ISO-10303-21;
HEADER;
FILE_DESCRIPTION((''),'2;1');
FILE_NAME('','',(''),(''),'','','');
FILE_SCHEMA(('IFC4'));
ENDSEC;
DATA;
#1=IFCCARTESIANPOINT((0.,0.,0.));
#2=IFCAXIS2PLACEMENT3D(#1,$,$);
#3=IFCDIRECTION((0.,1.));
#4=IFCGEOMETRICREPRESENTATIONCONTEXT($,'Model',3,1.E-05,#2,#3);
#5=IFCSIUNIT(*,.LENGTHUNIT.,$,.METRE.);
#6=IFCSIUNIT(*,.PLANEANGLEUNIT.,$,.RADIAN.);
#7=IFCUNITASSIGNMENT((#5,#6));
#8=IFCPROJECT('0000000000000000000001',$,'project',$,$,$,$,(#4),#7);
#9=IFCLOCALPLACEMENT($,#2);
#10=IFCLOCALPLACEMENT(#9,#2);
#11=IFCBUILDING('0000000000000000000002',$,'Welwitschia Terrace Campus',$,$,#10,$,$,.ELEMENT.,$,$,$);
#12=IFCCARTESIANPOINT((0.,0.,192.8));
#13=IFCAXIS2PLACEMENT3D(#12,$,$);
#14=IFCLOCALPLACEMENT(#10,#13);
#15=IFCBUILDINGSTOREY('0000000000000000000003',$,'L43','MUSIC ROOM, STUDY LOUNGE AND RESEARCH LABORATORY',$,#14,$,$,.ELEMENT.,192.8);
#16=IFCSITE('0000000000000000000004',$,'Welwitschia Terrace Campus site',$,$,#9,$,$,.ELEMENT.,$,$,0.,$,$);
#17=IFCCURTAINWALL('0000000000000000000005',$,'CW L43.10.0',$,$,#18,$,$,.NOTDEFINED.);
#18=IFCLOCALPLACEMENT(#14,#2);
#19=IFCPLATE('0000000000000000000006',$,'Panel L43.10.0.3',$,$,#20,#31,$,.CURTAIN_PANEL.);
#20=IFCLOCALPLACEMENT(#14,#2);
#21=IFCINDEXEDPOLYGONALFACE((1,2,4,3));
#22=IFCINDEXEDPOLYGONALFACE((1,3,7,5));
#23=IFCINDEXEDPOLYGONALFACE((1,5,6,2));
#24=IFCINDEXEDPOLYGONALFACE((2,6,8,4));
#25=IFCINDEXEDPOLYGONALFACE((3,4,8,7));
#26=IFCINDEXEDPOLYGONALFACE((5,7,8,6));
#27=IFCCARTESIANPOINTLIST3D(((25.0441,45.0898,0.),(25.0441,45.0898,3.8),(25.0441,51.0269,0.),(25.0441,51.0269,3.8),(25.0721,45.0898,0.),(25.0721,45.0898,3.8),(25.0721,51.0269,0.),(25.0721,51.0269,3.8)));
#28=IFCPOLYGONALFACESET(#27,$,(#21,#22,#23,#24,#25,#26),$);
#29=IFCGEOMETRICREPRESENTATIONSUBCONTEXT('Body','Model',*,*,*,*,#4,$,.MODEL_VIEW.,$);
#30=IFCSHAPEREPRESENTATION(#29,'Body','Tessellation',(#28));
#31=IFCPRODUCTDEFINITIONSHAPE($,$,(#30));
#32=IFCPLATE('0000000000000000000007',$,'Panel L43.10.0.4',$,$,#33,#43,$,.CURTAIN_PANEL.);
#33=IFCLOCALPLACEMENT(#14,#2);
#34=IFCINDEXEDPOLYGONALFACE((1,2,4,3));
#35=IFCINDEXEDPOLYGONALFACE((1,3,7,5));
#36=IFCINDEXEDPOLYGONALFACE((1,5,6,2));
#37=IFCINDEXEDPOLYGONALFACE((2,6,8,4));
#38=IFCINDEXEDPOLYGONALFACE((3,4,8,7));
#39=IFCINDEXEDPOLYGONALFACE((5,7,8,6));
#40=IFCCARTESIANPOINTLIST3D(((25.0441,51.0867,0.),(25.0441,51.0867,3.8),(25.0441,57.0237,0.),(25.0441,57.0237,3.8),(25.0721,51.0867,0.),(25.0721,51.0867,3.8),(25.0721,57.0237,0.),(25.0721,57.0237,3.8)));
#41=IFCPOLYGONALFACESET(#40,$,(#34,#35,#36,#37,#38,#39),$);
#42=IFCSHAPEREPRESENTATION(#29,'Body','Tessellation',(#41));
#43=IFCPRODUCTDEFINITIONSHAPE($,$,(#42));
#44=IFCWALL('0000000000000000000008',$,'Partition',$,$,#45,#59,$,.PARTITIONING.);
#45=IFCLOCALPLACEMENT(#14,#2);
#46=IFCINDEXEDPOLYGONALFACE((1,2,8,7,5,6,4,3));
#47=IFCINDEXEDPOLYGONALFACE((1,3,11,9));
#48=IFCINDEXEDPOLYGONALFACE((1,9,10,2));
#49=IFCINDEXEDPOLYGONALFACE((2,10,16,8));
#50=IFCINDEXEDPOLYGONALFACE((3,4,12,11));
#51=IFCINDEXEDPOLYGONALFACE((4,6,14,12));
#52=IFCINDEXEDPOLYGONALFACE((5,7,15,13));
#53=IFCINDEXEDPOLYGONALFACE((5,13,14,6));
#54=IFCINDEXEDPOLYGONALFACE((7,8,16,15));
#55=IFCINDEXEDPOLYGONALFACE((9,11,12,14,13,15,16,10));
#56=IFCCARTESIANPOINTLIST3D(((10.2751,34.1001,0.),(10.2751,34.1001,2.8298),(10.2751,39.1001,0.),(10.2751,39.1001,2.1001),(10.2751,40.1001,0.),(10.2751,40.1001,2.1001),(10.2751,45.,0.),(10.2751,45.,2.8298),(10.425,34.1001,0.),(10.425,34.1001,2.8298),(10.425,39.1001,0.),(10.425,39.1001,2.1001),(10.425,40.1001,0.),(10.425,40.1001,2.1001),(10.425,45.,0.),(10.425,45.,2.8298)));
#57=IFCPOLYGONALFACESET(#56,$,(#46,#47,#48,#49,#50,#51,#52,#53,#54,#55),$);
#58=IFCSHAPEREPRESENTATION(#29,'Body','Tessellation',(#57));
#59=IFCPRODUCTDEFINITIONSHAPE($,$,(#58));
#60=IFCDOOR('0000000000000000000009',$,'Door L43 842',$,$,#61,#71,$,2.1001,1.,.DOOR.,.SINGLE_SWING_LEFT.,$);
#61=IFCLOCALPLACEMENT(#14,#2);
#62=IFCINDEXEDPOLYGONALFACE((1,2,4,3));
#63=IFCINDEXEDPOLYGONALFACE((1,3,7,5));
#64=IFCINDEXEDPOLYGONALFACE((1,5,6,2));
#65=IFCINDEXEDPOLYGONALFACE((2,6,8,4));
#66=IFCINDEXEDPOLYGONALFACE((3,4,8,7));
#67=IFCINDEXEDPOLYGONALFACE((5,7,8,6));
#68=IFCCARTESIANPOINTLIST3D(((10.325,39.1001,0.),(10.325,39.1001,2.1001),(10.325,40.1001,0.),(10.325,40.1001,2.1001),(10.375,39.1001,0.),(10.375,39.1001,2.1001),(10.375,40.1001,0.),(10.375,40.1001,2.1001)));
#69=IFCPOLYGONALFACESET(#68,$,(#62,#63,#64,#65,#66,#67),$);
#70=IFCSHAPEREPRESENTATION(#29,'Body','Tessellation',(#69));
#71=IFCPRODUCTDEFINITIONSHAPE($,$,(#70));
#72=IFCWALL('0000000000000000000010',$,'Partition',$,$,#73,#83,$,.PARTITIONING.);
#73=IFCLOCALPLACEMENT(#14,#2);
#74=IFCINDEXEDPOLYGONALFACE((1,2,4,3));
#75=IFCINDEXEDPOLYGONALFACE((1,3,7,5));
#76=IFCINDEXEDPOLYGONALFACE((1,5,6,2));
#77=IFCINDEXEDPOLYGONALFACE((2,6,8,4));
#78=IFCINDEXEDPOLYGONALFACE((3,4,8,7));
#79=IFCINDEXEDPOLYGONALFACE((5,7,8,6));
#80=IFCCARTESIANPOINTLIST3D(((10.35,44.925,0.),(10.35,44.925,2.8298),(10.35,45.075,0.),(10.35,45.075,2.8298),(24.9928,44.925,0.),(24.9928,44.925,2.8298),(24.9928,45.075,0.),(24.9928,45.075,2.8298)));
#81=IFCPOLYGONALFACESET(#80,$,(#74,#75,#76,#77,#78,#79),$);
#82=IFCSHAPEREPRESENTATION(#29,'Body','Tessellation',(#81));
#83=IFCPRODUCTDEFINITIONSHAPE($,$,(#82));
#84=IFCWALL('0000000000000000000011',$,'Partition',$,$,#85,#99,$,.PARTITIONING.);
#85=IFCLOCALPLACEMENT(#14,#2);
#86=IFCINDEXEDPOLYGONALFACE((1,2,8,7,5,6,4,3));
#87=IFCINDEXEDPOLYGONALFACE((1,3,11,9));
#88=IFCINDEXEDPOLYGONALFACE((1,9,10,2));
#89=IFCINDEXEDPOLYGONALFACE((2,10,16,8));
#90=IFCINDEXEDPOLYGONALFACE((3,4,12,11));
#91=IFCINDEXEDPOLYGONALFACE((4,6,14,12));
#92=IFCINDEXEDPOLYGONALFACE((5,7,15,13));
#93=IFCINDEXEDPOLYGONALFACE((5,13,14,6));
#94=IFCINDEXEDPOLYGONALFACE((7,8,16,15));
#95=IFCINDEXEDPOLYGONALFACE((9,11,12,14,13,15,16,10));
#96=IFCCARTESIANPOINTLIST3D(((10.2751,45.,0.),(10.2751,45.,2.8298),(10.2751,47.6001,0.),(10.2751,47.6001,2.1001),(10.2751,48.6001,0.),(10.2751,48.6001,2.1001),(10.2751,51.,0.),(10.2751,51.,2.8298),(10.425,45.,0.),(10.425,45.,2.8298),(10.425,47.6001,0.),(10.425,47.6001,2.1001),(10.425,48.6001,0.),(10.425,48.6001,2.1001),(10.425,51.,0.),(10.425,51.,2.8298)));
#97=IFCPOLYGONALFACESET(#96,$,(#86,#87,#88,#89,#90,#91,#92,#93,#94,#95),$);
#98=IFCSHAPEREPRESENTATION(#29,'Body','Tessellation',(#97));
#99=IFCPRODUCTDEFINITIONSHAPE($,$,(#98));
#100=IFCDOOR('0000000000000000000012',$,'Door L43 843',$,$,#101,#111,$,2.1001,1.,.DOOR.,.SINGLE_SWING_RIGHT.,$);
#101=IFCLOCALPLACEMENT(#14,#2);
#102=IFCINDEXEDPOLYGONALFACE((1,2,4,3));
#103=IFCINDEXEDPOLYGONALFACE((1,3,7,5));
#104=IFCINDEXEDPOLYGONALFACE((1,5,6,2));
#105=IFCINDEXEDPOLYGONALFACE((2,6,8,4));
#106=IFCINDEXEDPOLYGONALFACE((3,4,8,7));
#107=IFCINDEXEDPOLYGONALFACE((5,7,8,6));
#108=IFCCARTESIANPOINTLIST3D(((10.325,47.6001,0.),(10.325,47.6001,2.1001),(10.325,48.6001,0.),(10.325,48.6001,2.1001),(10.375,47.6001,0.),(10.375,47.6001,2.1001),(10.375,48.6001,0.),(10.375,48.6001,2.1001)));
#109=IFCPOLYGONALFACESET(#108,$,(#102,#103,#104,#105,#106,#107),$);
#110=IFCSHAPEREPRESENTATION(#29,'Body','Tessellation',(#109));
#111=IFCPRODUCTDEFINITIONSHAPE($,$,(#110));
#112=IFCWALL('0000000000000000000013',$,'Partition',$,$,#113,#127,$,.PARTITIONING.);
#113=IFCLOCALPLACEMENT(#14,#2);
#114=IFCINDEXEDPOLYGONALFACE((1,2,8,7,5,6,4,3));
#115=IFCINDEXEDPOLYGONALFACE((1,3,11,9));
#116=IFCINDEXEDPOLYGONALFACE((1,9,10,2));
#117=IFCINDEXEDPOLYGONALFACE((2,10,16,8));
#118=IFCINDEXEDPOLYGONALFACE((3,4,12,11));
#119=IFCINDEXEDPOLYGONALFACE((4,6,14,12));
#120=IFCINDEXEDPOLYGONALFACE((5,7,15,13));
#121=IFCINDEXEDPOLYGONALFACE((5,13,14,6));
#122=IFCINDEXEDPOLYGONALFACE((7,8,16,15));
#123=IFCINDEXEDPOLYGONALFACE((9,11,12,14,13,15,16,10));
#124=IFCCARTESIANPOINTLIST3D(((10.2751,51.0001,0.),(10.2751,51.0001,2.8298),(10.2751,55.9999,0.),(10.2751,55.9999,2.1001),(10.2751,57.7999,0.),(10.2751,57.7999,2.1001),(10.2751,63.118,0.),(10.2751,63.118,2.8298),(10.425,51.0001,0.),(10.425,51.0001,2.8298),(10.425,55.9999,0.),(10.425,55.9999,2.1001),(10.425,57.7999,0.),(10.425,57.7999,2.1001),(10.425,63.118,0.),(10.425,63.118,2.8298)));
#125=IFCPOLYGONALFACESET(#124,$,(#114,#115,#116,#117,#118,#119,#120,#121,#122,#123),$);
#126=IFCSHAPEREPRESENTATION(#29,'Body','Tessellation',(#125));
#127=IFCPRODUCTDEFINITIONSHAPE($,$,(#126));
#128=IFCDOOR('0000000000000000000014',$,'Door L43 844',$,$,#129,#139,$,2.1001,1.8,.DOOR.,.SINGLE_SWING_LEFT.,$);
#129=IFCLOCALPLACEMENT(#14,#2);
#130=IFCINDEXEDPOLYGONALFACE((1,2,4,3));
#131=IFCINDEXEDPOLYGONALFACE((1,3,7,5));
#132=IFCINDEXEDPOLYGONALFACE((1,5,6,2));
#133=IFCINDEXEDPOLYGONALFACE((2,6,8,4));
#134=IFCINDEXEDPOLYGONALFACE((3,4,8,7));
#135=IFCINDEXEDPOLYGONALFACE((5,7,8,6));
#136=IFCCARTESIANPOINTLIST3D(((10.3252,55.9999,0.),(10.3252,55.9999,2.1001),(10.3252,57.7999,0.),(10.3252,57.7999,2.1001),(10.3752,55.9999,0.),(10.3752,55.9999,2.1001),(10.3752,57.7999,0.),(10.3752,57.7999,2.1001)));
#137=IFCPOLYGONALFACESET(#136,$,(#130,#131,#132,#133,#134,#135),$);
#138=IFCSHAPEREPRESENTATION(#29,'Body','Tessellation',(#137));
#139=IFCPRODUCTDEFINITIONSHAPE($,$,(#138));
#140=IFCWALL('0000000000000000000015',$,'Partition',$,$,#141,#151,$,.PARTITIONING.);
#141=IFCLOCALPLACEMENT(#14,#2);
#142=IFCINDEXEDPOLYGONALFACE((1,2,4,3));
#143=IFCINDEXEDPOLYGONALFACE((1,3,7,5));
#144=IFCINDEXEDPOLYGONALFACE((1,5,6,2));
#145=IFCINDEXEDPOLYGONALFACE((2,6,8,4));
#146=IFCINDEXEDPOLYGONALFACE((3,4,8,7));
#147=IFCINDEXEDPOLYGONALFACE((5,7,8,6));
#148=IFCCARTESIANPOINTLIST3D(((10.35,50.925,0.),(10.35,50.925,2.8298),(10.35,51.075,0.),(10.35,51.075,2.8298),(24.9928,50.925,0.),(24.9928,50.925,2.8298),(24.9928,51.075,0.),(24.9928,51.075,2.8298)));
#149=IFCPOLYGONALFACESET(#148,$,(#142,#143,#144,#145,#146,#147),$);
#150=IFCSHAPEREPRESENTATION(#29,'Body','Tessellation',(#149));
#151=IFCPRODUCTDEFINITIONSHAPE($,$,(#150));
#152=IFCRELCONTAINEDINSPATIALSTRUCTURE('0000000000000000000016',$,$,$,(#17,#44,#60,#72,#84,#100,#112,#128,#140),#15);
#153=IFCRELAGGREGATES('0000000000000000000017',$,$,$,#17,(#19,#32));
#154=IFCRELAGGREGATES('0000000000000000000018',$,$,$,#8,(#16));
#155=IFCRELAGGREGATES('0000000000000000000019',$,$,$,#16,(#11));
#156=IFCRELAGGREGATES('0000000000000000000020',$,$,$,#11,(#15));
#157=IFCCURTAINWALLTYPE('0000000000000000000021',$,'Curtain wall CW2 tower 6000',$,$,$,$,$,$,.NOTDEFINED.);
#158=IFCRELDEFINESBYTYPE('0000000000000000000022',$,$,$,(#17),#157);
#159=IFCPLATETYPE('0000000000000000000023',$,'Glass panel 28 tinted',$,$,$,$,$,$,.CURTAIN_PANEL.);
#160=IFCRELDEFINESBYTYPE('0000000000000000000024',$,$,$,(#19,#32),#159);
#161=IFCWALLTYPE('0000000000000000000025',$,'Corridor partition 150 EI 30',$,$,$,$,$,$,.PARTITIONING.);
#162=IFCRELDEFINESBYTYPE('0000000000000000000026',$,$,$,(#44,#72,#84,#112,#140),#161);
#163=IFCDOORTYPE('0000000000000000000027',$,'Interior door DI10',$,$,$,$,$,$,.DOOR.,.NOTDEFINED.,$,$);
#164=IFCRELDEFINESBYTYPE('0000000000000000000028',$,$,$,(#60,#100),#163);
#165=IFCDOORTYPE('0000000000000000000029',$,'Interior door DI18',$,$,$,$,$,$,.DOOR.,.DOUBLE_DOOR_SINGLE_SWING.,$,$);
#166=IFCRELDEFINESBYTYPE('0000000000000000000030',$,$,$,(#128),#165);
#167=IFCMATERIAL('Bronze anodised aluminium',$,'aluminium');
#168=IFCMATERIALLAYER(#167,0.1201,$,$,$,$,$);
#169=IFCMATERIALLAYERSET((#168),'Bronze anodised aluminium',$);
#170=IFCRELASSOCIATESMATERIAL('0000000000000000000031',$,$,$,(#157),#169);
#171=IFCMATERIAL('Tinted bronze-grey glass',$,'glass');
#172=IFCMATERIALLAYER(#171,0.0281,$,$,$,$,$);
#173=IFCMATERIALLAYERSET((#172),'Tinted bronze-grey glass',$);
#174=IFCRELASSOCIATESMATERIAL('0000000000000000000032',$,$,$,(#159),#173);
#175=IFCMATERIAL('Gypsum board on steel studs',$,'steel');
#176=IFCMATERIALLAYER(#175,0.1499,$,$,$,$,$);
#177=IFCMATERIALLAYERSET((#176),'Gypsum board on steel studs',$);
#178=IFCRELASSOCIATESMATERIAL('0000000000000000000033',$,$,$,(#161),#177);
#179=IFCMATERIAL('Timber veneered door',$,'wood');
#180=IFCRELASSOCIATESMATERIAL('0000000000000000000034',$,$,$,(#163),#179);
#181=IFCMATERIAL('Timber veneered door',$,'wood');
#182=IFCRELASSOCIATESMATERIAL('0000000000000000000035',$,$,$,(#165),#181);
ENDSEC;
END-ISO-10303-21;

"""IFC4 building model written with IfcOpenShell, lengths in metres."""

from ifc_helpers import new_model, si_unit, direction, frame, frame_2d, origin, origin_2d, place, context, subcontext, project, spatial, rectangle, extrude, material, layer, layer_set, type_object, element, fill, aggregate, save


model = new_model("IFC4")

# Units and contexts
model_context = context("Model", 3, precision=1e-05, world=origin(), true_north=direction((0.0, 1.0)))
body_context = subcontext(model_context, "Body", "Model", "MODEL_VIEW")
ifc_project = project(units=[si_unit("LENGTHUNIT", "METRE"), si_unit("PLANEANGLEUNIT", "RADIAN")], contexts=[model_context])

# Site, building, storey
site_placement = place(None, origin())
site = spatial("IfcSite", under=ifc_project, at=site_placement, Name="Welwitschia Terrace Campus site", CompositionType="ELEMENT", RefElevation=0.0)
building_placement = place(site_placement, origin())
building = spatial("IfcBuilding", under=site, at=building_placement, Name="Welwitschia Terrace Campus", CompositionType="ELEMENT")
storey_placement = place(building_placement, frame((0.0, 0.0, 192.8)))
storey = spatial("IfcBuildingStorey", under=building, at=storey_placement, Name="L43", Description="MUSIC ROOM, STUDY LOUNGE AND RESEARCH LABORATORY", CompositionType="ELEMENT", Elevation=192.8)

# Curtain wall
ifc_material_1 = material(Name="Bronze anodised aluminium", Category="aluminium")
ifc_layer_1 = layer(ifc_material_1, 0.1201)
ifc_layer_set_1 = layer_set([ifc_layer_1], Name="Bronze anodised aluminium")
curtain_wall_type = type_object("IfcCurtainWallType", Name="Curtain wall CW2 tower 6000", PredefinedType="NOTDEFINED", material=ifc_layer_set_1)
curtain_wall_placement = place(storey_placement, origin())
curtain_wall = element("IfcCurtainWall", 1, at=curtain_wall_placement, inside=storey, type_object=curtain_wall_type, Name="CW L43.10.0", PredefinedType="NOTDEFINED")

# Plates
ifc_material_2 = material(Name="Tinted bronze-grey glass", Category="glass")
ifc_layer_2 = layer(ifc_material_2, 0.0281)
ifc_layer_set_2 = layer_set([ifc_layer_2], Name="Tinted bronze-grey glass")
plate_type = type_object("IfcPlateType", Name="Glass panel 28 tinted", PredefinedType="CURTAIN_PANEL", material=ifc_layer_set_2)
plate_1_placement = place(storey_placement, frame((25.0581, 48.0583, 0.0), z_axis=(0.0, 0.0, 1.0), x_axis=(0.0, 1.0, 0.0)))
plate_1 = element("IfcPlate", 2, at=plate_1_placement, type_object=plate_type, Name="Panel L43.10.0.3", PredefinedType="CURTAIN_PANEL", context=body_context, shape_type="SweptSolid", body=[
    extrude(rectangle(XDim=5.937, YDim=0.0281, at=origin_2d()), origin(), (0.0, 0.0, 1.0), 3.8),
])
plate_2_placement = place(storey_placement, frame((25.0581, 54.0552, 0.0), z_axis=(0.0, 0.0, 1.0), x_axis=(0.0, 1.0, 0.0)))
plate_2 = element("IfcPlate", 3, at=plate_2_placement, type_object=plate_type, Name="Panel L43.10.0.4", PredefinedType="CURTAIN_PANEL", context=body_context, shape_type="SweptSolid", body=[
    extrude(rectangle(XDim=5.937, YDim=0.0281, at=origin_2d()), origin(), (0.0, 0.0, 1.0), 3.8),
])
aggregate(curtain_wall, [plate_1, plate_2])

# Wall, opening, door
ifc_material_3 = material(Name="Gypsum board on steel studs", Category="steel")
ifc_layer_3 = layer(ifc_material_3, 0.1499)
ifc_layer_set_3 = layer_set([ifc_layer_3], Name="Gypsum board on steel studs")
wall_type = type_object("IfcWallType", Name="Corridor partition 150 EI 30", PredefinedType="PARTITIONING", material=ifc_layer_set_3)
wall_1_placement = place(storey_placement, frame((10.3501, 45.0, 0.0), z_axis=(0.0, 0.0, 1.0), x_axis=(0.0, -1.0, 0.0)))
wall_1 = element("IfcWall", 4, at=wall_1_placement, inside=storey, type_object=wall_type, Name="Partition", PredefinedType="PARTITIONING", context=body_context, shape_type="SweptSolid", body=[
    extrude(rectangle(XDim=10.8999, YDim=0.1499, at=frame_2d((5.45, 0.0))), origin(), (0.0, 0.0, 1.0), 2.8298),
])
opening_1_placement = place(wall_1_placement, frame((4.8999, 0.0, 0.0)))
opening_1 = element("IfcOpeningElement", 5, at=opening_1_placement, cuts=wall_1, PredefinedType="OPENING", context=body_context, shape_type="SweptSolid", body=[
    extrude(rectangle(XDim=1.0, YDim=2.1001, at=frame_2d((0.5, 1.05))), frame((0.0, 0.085, 0.0), z_axis=(0.0, -1.0, 0.0), x_axis=(1.0, 0.0, 0.0)), (0.0, 0.0, 1.0), 0.1699),
])
ifc_material_4 = material(Name="Timber veneered door", Category="wood")
door_type_1 = type_object("IfcDoorType", Name="Interior door DI10", OperationType="NOTDEFINED", PredefinedType="DOOR", material=ifc_material_4)
door_1_placement = place(opening_1_placement, origin())
door_1 = element("IfcDoor", 6, at=door_1_placement, inside=storey, type_object=door_type_1, Name="Door L43 842", OperationType="SINGLE_SWING_LEFT", OverallHeight=2.1001, OverallWidth=1.0, PredefinedType="DOOR", context=body_context, shape_type="SweptSolid", body=[
    extrude(rectangle(XDim=1.0, YDim=2.1001, at=frame_2d((0.5, 1.05))), frame((0.0, 0.0249, 0.0), z_axis=(0.0, -1.0, 0.0), x_axis=(1.0, 0.0, 0.0)), (0.0, 0.0, 1.0), 0.05),
])
fill(opening_1, door_1)

# Wall
wall_2_placement = place(storey_placement, frame((10.3501, 45.0, 0.0), z_axis=(0.0, 0.0, 1.0), x_axis=(1.0, 0.0, 0.0)))
element("IfcWall", 7, at=wall_2_placement, inside=storey, type_object=wall_type, Name="Partition", PredefinedType="PARTITIONING", context=body_context, shape_type="SweptSolid", body=[
    extrude(rectangle(XDim=14.6428, YDim=0.1499, at=frame_2d((7.3213, 0.0))), origin(), (0.0, 0.0, 1.0), 2.8298),
])

# Walls, openings, doors
wall_3_placement = place(storey_placement, frame((10.3501, 51.0, 0.0), z_axis=(0.0, 0.0, 1.0), x_axis=(0.0, -1.0, 0.0)))
wall_3 = element("IfcWall", 8, at=wall_3_placement, inside=storey, type_object=wall_type, Name="Partition", PredefinedType="PARTITIONING", context=body_context, shape_type="SweptSolid", body=[
    extrude(rectangle(XDim=6.0, YDim=0.1499, at=frame_2d((3.0, 0.0))), origin(), (0.0, 0.0, 1.0), 2.8298),
])
opening_2_placement = place(wall_3_placement, frame((2.3999, 0.0, 0.0)))
opening_2 = element("IfcOpeningElement", 9, at=opening_2_placement, cuts=wall_3, PredefinedType="OPENING", context=body_context, shape_type="SweptSolid", body=[
    extrude(rectangle(XDim=1.0, YDim=2.1001, at=frame_2d((0.5, 1.05))), frame((0.0, 0.085, 0.0), z_axis=(0.0, -1.0, 0.0), x_axis=(1.0, 0.0, 0.0)), (0.0, 0.0, 1.0), 0.1699),
])
door_2_placement = place(opening_2_placement, origin())
door_2 = element("IfcDoor", 10, at=door_2_placement, inside=storey, type_object=door_type_1, Name="Door L43 843", OperationType="SINGLE_SWING_RIGHT", OverallHeight=2.1001, OverallWidth=1.0, PredefinedType="DOOR", context=body_context, shape_type="SweptSolid", body=[
    extrude(rectangle(XDim=1.0, YDim=2.1001, at=frame_2d((0.5, 1.05))), frame((0.0, 0.0249, 0.0), z_axis=(0.0, -1.0, 0.0), x_axis=(1.0, 0.0, 0.0)), (0.0, 0.0, 1.0), 0.05),
])
fill(opening_2, door_2)
wall_4_placement = place(storey_placement, frame((10.3501, 51.0, 0.0), z_axis=(0.0, 0.0, 1.0), x_axis=(0.0, 1.0, 0.0)))
wall_4 = element("IfcWall", 11, at=wall_4_placement, inside=storey, type_object=wall_type, Name="Partition", PredefinedType="PARTITIONING", context=body_context, shape_type="SweptSolid", body=[
    extrude(rectangle(XDim=12.1179, YDim=0.1499, at=frame_2d((6.0591, 0.0))), origin(), (0.0, 0.0, 1.0), 2.8298),
])
opening_3_placement = place(wall_4_placement, frame((5.0, 0.0, 0.0)))
opening_3 = element("IfcOpeningElement", 12, at=opening_3_placement, cuts=wall_4, PredefinedType="OPENING", context=body_context, shape_type="SweptSolid", body=[
    extrude(rectangle(XDim=1.8, YDim=2.1001, at=frame_2d((0.8999, 1.05))), frame((0.0, 0.085, 0.0), z_axis=(0.0, -1.0, 0.0), x_axis=(1.0, 0.0, 0.0)), (0.0, 0.0, 1.0), 0.1699),
])
ifc_material_5 = material(Name="Timber veneered door", Category="wood")
door_type_2 = type_object("IfcDoorType", Name="Interior door DI18", OperationType="DOUBLE_DOOR_SINGLE_SWING", PredefinedType="DOOR", material=ifc_material_5)
door_3_placement = place(opening_3_placement, origin())
door_3 = element("IfcDoor", 13, at=door_3_placement, inside=storey, type_object=door_type_2, Name="Door L43 844", OperationType="SINGLE_SWING_LEFT", OverallHeight=2.1001, OverallWidth=1.8, PredefinedType="DOOR", context=body_context, shape_type="SweptSolid", body=[
    extrude(rectangle(XDim=1.8, YDim=2.1001, at=frame_2d((0.8999, 1.05))), frame((0.0, 0.0249, 0.0), z_axis=(0.0, -1.0, 0.0), x_axis=(1.0, 0.0, 0.0)), (0.0, 0.0, 1.0), 0.05),
])
fill(opening_3, door_3)

# Wall
wall_5_placement = place(storey_placement, frame((10.3501, 51.0, 0.0), z_axis=(0.0, 0.0, 1.0), x_axis=(1.0, 0.0, 0.0)))
element("IfcWall", 14, at=wall_5_placement, inside=storey, type_object=wall_type, Name="Partition", PredefinedType="PARTITIONING", context=body_context, shape_type="SweptSolid", body=[
    extrude(rectangle(XDim=14.6428, YDim=0.1499, at=frame_2d((7.3213, 0.0))), origin(), (0.0, 0.0, 1.0), 2.8298),
])

save(model, "model.ifc")
